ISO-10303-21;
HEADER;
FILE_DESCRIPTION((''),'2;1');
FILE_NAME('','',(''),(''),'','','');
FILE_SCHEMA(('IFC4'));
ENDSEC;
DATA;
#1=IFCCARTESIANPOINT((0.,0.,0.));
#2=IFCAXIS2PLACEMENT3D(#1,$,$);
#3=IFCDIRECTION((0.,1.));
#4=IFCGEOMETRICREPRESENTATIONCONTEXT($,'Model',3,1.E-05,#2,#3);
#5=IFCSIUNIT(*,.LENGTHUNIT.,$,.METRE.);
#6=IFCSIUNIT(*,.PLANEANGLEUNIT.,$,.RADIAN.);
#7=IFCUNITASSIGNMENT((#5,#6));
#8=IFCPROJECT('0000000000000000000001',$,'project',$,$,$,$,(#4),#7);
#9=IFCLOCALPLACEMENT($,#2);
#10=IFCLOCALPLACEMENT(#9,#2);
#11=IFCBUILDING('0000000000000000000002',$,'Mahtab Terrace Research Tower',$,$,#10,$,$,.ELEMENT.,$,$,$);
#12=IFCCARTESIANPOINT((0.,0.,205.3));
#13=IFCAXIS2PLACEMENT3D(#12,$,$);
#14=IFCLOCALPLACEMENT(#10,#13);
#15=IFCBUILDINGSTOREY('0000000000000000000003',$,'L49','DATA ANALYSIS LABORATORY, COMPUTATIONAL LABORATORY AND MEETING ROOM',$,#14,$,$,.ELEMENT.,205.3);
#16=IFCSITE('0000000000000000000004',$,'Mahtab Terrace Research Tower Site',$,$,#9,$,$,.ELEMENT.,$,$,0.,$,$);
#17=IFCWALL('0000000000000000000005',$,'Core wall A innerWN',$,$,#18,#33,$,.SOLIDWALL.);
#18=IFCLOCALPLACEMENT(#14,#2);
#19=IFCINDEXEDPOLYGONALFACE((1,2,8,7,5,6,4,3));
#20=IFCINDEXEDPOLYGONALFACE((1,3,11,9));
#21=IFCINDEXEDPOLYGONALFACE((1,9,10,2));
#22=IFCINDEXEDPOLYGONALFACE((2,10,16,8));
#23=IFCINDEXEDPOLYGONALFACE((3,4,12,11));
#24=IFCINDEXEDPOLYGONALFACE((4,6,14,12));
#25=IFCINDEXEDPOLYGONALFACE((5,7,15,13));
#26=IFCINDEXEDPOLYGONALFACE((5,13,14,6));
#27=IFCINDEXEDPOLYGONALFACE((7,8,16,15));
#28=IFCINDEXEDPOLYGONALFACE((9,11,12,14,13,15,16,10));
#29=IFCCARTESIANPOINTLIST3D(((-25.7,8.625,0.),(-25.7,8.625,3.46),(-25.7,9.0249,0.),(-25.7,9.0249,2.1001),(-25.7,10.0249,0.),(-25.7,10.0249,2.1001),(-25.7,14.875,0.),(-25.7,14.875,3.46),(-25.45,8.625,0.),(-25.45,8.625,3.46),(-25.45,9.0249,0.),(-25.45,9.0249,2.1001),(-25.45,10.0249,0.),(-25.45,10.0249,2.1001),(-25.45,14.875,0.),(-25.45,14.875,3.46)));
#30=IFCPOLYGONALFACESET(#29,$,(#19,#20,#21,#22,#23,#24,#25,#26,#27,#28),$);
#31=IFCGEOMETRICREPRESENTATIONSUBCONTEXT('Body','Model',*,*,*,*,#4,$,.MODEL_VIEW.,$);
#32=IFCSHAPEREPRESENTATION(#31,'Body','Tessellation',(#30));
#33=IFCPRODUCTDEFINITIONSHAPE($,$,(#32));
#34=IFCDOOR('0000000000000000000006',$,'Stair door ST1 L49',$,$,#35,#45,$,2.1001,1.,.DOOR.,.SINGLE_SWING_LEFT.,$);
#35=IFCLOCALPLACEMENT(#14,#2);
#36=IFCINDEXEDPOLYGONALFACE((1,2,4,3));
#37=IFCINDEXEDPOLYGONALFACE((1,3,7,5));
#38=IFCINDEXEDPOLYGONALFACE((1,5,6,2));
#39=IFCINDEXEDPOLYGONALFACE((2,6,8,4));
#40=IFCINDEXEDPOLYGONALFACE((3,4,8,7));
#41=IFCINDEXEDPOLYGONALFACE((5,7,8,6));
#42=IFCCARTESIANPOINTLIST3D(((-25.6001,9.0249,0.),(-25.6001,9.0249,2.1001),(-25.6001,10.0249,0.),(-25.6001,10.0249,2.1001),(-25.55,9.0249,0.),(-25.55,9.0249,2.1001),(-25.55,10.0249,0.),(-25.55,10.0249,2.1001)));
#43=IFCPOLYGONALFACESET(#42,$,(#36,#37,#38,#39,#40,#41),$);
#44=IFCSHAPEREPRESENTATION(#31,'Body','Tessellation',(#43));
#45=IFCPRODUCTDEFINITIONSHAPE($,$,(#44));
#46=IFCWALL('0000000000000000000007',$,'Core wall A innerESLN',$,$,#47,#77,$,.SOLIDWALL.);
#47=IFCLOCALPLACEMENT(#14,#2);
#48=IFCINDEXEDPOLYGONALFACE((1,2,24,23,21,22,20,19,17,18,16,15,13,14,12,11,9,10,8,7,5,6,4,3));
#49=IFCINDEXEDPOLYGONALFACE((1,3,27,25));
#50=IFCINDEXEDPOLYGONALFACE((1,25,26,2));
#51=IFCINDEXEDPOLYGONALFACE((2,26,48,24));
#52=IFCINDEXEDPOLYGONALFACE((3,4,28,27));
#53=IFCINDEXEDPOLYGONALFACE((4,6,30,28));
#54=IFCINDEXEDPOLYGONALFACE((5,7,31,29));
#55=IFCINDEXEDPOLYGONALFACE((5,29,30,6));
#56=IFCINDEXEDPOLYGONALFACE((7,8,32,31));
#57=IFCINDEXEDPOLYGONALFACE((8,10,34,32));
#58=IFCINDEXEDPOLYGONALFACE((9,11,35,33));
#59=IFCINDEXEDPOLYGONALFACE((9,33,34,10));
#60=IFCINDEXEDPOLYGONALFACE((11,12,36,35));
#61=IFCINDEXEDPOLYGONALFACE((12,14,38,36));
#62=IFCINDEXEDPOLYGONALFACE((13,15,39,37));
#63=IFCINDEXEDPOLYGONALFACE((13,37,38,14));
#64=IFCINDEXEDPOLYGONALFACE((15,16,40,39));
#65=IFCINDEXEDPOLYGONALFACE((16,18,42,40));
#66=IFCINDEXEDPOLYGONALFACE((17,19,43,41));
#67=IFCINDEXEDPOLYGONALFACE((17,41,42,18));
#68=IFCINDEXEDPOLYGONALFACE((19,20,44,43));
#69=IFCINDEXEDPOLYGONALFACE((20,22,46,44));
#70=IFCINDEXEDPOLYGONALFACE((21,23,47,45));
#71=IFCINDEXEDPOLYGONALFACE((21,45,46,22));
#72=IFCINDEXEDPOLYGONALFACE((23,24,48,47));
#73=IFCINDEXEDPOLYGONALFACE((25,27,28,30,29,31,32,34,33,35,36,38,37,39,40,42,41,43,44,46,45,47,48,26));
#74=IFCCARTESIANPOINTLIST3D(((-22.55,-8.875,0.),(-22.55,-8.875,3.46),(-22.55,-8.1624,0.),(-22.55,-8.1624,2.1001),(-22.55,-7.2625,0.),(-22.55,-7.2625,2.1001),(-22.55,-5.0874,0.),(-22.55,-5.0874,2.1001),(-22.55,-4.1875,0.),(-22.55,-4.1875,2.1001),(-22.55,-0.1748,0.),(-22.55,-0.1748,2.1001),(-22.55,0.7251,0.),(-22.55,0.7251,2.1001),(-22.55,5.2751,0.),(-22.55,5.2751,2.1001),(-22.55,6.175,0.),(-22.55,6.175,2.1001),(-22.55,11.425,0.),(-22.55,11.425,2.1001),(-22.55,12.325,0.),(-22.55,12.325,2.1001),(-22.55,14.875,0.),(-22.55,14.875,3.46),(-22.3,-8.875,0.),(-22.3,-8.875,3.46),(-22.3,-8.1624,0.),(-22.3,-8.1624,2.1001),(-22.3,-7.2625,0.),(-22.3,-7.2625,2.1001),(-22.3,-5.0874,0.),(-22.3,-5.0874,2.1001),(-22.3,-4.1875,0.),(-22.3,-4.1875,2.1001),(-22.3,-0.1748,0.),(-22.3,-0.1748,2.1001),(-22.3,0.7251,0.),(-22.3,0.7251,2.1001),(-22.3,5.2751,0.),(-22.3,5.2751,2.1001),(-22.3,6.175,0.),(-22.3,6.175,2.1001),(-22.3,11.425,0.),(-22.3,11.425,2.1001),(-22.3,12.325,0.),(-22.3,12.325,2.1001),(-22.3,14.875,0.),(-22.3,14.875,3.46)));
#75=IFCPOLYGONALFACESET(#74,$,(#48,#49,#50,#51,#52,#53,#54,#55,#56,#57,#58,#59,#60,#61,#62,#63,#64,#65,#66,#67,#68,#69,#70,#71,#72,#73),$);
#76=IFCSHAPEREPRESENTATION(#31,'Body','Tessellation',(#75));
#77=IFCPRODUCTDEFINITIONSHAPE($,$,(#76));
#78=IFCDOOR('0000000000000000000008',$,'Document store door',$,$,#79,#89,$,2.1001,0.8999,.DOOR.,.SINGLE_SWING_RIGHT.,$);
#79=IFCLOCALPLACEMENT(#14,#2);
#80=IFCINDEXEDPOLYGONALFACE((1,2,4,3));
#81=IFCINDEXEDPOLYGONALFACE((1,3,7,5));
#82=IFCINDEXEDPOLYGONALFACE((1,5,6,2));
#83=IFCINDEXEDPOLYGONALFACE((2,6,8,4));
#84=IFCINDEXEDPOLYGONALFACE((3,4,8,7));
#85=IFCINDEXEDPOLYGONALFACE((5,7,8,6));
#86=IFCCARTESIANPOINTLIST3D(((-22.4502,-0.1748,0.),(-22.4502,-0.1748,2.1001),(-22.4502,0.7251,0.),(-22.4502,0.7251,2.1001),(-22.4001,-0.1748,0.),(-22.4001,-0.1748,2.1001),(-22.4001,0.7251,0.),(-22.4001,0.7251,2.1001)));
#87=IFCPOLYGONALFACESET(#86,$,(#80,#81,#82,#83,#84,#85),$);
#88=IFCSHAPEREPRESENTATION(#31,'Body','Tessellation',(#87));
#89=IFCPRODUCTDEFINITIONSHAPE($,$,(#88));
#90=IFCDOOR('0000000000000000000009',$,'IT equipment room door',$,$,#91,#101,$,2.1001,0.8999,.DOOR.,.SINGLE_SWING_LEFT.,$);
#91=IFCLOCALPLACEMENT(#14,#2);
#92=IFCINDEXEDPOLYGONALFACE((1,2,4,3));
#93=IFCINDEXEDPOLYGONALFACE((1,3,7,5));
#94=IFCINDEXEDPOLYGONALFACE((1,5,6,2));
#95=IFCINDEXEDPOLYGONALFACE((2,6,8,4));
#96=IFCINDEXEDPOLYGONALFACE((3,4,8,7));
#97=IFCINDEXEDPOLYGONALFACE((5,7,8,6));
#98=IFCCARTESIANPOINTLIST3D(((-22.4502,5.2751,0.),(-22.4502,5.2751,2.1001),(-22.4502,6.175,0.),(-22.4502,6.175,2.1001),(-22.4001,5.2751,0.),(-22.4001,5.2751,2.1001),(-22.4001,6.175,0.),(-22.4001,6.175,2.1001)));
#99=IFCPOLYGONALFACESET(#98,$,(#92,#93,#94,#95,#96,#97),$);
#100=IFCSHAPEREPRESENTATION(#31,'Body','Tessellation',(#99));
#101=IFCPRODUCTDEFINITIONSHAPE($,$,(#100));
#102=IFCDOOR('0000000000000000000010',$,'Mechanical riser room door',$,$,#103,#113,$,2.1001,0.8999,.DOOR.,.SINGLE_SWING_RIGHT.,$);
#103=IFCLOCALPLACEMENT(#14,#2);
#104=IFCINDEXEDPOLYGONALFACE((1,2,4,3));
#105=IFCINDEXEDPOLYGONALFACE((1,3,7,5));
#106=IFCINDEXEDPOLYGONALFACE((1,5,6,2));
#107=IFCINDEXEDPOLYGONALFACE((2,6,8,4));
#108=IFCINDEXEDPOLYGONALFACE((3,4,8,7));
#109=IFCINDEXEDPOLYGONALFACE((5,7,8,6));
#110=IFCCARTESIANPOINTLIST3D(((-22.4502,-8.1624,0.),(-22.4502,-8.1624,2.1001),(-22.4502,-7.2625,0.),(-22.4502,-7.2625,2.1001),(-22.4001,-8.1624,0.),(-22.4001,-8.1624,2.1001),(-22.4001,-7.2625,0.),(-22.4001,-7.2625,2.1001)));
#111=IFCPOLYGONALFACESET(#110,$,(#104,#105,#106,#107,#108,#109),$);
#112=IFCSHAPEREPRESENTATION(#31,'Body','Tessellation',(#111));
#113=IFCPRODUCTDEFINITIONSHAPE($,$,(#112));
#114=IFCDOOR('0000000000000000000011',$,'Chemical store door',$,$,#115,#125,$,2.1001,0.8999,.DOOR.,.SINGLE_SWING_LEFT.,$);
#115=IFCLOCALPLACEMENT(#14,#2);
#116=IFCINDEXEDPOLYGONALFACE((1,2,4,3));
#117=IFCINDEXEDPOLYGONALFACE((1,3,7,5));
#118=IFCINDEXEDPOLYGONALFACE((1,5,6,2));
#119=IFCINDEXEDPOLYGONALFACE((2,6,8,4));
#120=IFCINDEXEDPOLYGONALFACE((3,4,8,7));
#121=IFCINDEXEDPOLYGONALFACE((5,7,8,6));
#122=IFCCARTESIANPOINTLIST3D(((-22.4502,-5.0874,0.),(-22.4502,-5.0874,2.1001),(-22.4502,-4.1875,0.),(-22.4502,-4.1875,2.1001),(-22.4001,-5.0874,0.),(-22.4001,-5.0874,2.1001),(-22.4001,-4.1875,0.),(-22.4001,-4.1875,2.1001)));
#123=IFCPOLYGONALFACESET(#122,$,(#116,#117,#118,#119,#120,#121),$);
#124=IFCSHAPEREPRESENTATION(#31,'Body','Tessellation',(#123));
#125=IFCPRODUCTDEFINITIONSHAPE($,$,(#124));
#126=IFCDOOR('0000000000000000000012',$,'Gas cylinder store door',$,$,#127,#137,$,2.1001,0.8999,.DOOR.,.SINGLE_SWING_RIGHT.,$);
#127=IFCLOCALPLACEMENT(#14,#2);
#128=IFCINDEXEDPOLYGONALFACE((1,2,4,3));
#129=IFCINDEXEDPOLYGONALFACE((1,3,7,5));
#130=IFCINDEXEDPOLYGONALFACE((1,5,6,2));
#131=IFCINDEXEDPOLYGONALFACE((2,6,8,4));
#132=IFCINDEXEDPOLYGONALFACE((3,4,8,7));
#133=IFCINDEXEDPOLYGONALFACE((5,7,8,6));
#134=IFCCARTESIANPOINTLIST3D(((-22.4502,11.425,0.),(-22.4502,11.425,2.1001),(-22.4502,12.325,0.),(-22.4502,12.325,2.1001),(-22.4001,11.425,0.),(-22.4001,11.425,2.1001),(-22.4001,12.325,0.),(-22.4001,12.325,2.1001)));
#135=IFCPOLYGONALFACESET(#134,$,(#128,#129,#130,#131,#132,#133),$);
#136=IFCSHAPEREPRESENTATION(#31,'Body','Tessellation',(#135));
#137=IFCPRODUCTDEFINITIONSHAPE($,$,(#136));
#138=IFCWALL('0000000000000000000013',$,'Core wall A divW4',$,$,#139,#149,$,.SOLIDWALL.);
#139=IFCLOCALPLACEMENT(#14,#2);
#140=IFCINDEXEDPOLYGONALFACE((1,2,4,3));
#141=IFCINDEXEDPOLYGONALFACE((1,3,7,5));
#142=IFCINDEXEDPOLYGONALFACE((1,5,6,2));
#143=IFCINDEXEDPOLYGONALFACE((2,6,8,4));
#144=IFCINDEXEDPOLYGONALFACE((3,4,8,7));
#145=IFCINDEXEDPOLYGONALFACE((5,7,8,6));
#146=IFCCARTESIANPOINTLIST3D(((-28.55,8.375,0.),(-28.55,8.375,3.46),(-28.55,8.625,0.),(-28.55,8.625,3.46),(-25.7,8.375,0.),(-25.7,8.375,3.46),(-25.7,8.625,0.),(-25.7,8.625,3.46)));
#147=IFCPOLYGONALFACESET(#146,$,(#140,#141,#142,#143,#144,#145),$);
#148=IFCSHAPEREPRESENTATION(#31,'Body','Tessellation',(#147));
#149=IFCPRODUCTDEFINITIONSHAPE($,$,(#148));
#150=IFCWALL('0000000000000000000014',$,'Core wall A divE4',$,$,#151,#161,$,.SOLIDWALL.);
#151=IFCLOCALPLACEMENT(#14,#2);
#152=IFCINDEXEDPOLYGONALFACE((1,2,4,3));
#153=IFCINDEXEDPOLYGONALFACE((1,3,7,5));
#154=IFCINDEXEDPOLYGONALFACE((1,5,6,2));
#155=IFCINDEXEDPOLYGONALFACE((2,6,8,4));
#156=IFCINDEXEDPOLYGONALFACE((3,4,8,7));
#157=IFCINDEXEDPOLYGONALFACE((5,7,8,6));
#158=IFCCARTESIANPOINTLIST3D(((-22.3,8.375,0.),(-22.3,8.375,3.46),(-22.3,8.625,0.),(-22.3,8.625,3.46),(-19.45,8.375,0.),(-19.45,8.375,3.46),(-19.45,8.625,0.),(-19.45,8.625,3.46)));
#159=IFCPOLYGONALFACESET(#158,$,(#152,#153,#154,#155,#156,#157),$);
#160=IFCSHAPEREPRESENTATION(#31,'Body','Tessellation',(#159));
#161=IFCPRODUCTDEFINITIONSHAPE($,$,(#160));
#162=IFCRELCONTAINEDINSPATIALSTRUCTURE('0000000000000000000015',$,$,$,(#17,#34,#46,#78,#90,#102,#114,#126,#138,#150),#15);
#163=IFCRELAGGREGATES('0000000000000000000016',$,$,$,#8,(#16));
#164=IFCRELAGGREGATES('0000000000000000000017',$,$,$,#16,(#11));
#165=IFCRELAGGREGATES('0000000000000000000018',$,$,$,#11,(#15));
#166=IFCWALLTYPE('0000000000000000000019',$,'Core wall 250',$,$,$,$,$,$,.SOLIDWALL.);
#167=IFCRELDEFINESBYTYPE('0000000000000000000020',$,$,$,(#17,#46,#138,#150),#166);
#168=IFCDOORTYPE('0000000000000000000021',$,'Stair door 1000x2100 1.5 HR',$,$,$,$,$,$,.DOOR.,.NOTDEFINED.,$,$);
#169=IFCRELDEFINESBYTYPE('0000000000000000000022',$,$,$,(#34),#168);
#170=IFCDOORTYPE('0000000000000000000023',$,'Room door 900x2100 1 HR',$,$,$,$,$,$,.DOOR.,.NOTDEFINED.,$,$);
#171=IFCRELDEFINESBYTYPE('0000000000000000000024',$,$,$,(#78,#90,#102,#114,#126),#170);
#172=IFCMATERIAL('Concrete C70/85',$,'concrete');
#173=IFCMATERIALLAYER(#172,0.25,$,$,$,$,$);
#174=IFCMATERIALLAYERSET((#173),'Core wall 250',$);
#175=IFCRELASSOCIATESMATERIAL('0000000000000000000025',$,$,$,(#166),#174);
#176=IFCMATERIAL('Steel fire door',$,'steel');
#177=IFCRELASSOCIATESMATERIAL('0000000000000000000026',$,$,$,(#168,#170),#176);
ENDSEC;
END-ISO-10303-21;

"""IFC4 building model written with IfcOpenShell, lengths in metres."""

from ifc_helpers import new_model, si_unit, direction, frame, frame_2d, origin, place, context, subcontext, project, spatial, rectangle, extrude, material, layer, layer_set, type_object, element, fill, save


model = new_model("IFC4")

# Units and contexts
model_context = context("Model", 3, precision=1e-05, world=origin(), true_north=direction((0.0, 1.0)))
body_context = subcontext(model_context, "Body", "Model", "MODEL_VIEW")
ifc_project = project(units=[si_unit("LENGTHUNIT", "METRE"), si_unit("PLANEANGLEUNIT", "RADIAN")], contexts=[model_context])

# Site, building, storey
site_placement = place(None, origin())
site = spatial("IfcSite", under=ifc_project, at=site_placement, Name="Mahtab Terrace Research Tower Site", CompositionType="ELEMENT", RefElevation=0.0)
building_placement = place(site_placement, origin())
building = spatial("IfcBuilding", under=site, at=building_placement, Name="Mahtab Terrace Research Tower", CompositionType="ELEMENT")
storey_placement = place(building_placement, frame((0.0, 0.0, 205.3)))
storey = spatial("IfcBuildingStorey", under=building, at=storey_placement, Name="L49", Description="DATA ANALYSIS LABORATORY, COMPUTATIONAL LABORATORY AND MEETING ROOM", CompositionType="ELEMENT", Elevation=205.3)

# Shared definitions
ifc_material_1 = material(Name="Concrete C70/85", Category="concrete")
ifc_layer_1 = layer(ifc_material_1, 0.25)
ifc_layer_set_1 = layer_set([ifc_layer_1], Name="Core wall 250")
wall_type_1 = type_object("IfcWallType", Name="Core wall 250", PredefinedType="SOLIDWALL", material=ifc_layer_set_1)

# Wall, opening, door
ifc_material_2 = material(Name="Steel fire door", Category="steel")
wall_1_placement = place(storey_placement, frame((-25.575, 14.875, 0.0), z_axis=(0.0, 0.0, 1.0), x_axis=(0.0, -1.0, 0.0)))
wall_1 = element("IfcWall", 1, at=wall_1_placement, inside=storey, type_object=wall_type_1, Name="Core wall A innerWN", PredefinedType="SOLIDWALL", context=body_context, shape_type="SweptSolid", body=[
    extrude(rectangle(XDim=6.25, YDim=0.25, at=frame_2d((3.125, 0.0))), origin(), (0.0, 0.0, 1.0), 3.46),
])
opening_1_placement = place(wall_1_placement, frame((4.8501, 0.0, 0.0)))
opening_1 = element("IfcOpeningElement", 2, at=opening_1_placement, cuts=wall_1, PredefinedType="OPENING", context=body_context, shape_type="SweptSolid", body=[
    extrude(rectangle(XDim=1.0, YDim=2.1001, at=frame_2d((0.5, 1.05))), frame((0.0, 0.135, 0.0), z_axis=(0.0, -1.0, 0.0), x_axis=(1.0, 0.0, 0.0)), (0.0, 0.0, 1.0), 0.27),
])
door_type_1 = type_object("IfcDoorType", Name="Stair door 1000x2100 1.5 HR", OperationType="NOTDEFINED", PredefinedType="DOOR", material=ifc_material_2)
door_1_placement = place(opening_1_placement, origin())
door_1 = element("IfcDoor", 3, at=door_1_placement, inside=storey, type_object=door_type_1, Name="Stair door ST1 L49", OperationType="SINGLE_SWING_LEFT", OverallHeight=2.1001, OverallWidth=1.0, PredefinedType="DOOR", context=body_context, shape_type="SweptSolid", body=[
    extrude(rectangle(XDim=1.0, YDim=2.1001, at=frame_2d((0.5, 1.05))), frame((0.0, 0.0249, 0.0), z_axis=(0.0, -1.0, 0.0), x_axis=(1.0, 0.0, 0.0)), (0.0, 0.0, 1.0), 0.05),
])
fill(opening_1, door_1)

# Wall, openings, doors
wall_2_placement = place(storey_placement, frame((-22.425, 14.875, 0.0), z_axis=(0.0, 0.0, 1.0), x_axis=(0.0, -1.0, 0.0)))
wall_2 = element("IfcWall", 4, at=wall_2_placement, inside=storey, type_object=wall_type_1, Name="Core wall A innerESLN", PredefinedType="SOLIDWALL", context=body_context, shape_type="SweptSolid", body=[
    extrude(rectangle(XDim=23.75, YDim=0.25, at=frame_2d((11.875, 0.0))), origin(), (0.0, 0.0, 1.0), 3.46),
])
opening_2_placement = place(wall_2_placement, frame((14.1499, 0.0, 0.0)))
opening_2 = element("IfcOpeningElement", 5, at=opening_2_placement, cuts=wall_2, PredefinedType="OPENING", context=body_context, shape_type="SweptSolid", body=[
    extrude(rectangle(XDim=0.8999, YDim=2.1001, at=frame_2d((0.45, 1.05))), frame((0.0, 0.135, 0.0), z_axis=(0.0, -1.0, 0.0), x_axis=(1.0, 0.0, 0.0)), (0.0, 0.0, 1.0), 0.27),
])
opening_3_placement = place(wall_2_placement, frame((8.7, 0.0, 0.0)))
opening_3 = element("IfcOpeningElement", 6, at=opening_3_placement, cuts=wall_2, PredefinedType="OPENING", context=body_context, shape_type="SweptSolid", body=[
    extrude(rectangle(XDim=0.8999, YDim=2.1001, at=frame_2d((0.45, 1.05))), frame((0.0, 0.135, 0.0), z_axis=(0.0, -1.0, 0.0), x_axis=(1.0, 0.0, 0.0)), (0.0, 0.0, 1.0), 0.27),
])
opening_4_placement = place(wall_2_placement, frame((22.1375, 0.0, 0.0)))
opening_4 = element("IfcOpeningElement", 7, at=opening_4_placement, cuts=wall_2, PredefinedType="OPENING", context=body_context, shape_type="SweptSolid", body=[
    extrude(rectangle(XDim=0.8999, YDim=2.1001, at=frame_2d((0.45, 1.05))), frame((0.0, 0.135, 0.0), z_axis=(0.0, -1.0, 0.0), x_axis=(1.0, 0.0, 0.0)), (0.0, 0.0, 1.0), 0.27),
])
opening_5_placement = place(wall_2_placement, frame((19.0625, 0.0, 0.0)))
opening_5 = element("IfcOpeningElement", 8, at=opening_5_placement, cuts=wall_2, PredefinedType="OPENING", context=body_context, shape_type="SweptSolid", body=[
    extrude(rectangle(XDim=0.8999, YDim=2.1001, at=frame_2d((0.45, 1.05))), frame((0.0, 0.135, 0.0), z_axis=(0.0, -1.0, 0.0), x_axis=(1.0, 0.0, 0.0)), (0.0, 0.0, 1.0), 0.27),
])
opening_6_placement = place(wall_2_placement, frame((2.55, 0.0, 0.0)))
opening_6 = element("IfcOpeningElement", 9, at=opening_6_placement, cuts=wall_2, PredefinedType="OPENING", context=body_context, shape_type="SweptSolid", body=[
    extrude(rectangle(XDim=0.8999, YDim=2.1001, at=frame_2d((0.45, 1.05))), frame((0.0, 0.135, 0.0), z_axis=(0.0, -1.0, 0.0), x_axis=(1.0, 0.0, 0.0)), (0.0, 0.0, 1.0), 0.27),
])
door_type_2 = type_object("IfcDoorType", Name="Room door 900x2100 1 HR", OperationType="NOTDEFINED", PredefinedType="DOOR", material=ifc_material_2)
door_2_placement = place(opening_2_placement, origin())
door_2 = element("IfcDoor", 10, at=door_2_placement, inside=storey, type_object=door_type_2, Name="Document store door", OperationType="SINGLE_SWING_RIGHT", OverallHeight=2.1001, OverallWidth=0.8999, PredefinedType="DOOR", context=body_context, shape_type="SweptSolid", body=[
    extrude(rectangle(XDim=0.8999, YDim=2.1001, at=frame_2d((0.45, 1.05))), frame((0.0, 0.0249, 0.0), z_axis=(0.0, -1.0, 0.0), x_axis=(1.0, 0.0, 0.0)), (0.0, 0.0, 1.0), 0.05),
])
fill(opening_2, door_2)
door_3_placement = place(opening_3_placement, origin())
door_3 = element("IfcDoor", 11, at=door_3_placement, inside=storey, type_object=door_type_2, Name="IT equipment room door", OperationType="SINGLE_SWING_LEFT", OverallHeight=2.1001, OverallWidth=0.8999, PredefinedType="DOOR", context=body_context, shape_type="SweptSolid", body=[
    extrude(rectangle(XDim=0.8999, YDim=2.1001, at=frame_2d((0.45, 1.05))), frame((0.0, 0.0249, 0.0), z_axis=(0.0, -1.0, 0.0), x_axis=(1.0, 0.0, 0.0)), (0.0, 0.0, 1.0), 0.05),
])
fill(opening_3, door_3)
door_4_placement = place(opening_4_placement, origin())
door_4 = element("IfcDoor", 12, at=door_4_placement, inside=storey, type_object=door_type_2, Name="Mechanical riser room door", OperationType="SINGLE_SWING_RIGHT", OverallHeight=2.1001, OverallWidth=0.8999, PredefinedType="DOOR", context=body_context, shape_type="SweptSolid", body=[
    extrude(rectangle(XDim=0.8999, YDim=2.1001, at=frame_2d((0.45, 1.05))), frame((0.0, 0.0249, 0.0), z_axis=(0.0, -1.0, 0.0), x_axis=(1.0, 0.0, 0.0)), (0.0, 0.0, 1.0), 0.05),
])
fill(opening_4, door_4)
door_5_placement = place(opening_5_placement, origin())
door_5 = element("IfcDoor", 13, at=door_5_placement, inside=storey, type_object=door_type_2, Name="Chemical store door", OperationType="SINGLE_SWING_LEFT", OverallHeight=2.1001, OverallWidth=0.8999, PredefinedType="DOOR", context=body_context, shape_type="SweptSolid", body=[
    extrude(rectangle(XDim=0.8999, YDim=2.1001, at=frame_2d((0.45, 1.05))), frame((0.0, 0.0249, 0.0), z_axis=(0.0, -1.0, 0.0), x_axis=(1.0, 0.0, 0.0)), (0.0, 0.0, 1.0), 0.05),
])
fill(opening_5, door_5)
door_6_placement = place(opening_6_placement, origin())
door_6 = element("IfcDoor", 14, at=door_6_placement, inside=storey, type_object=door_type_2, Name="Gas cylinder store door", OperationType="SINGLE_SWING_RIGHT", OverallHeight=2.1001, OverallWidth=0.8999, PredefinedType="DOOR", context=body_context, shape_type="SweptSolid", body=[
    extrude(rectangle(XDim=0.8999, YDim=2.1001, at=frame_2d((0.45, 1.05))), frame((0.0, 0.0249, 0.0), z_axis=(0.0, -1.0, 0.0), x_axis=(1.0, 0.0, 0.0)), (0.0, 0.0, 1.0), 0.05),
])
fill(opening_6, door_6)

# Walls
for number, where, z_axis, x_axis, name in (
    (15, (-28.55, 8.5, 0.0), (0.0, 0.0, 1.0), (1.0, 0.0, 0.0), "Core wall A divW4"),
    (16, (-22.3, 8.5, 0.0), (0.0, 0.0, 1.0), (1.0, 0.0, 0.0), "Core wall A divE4"),
):
    element("IfcWall", number, at=place(storey_placement, frame(where, z_axis=z_axis, x_axis=x_axis)), inside=storey, type_object=wall_type_1, Name=name, PredefinedType="SOLIDWALL", context=body_context, shape_type="SweptSolid", body=[
        extrude(rectangle(XDim=2.8501, YDim=0.25, at=frame_2d((1.425, 0.0))), origin(), (0.0, 0.0, 1.0), 3.46),
    ])

save(model, "model.ifc")
